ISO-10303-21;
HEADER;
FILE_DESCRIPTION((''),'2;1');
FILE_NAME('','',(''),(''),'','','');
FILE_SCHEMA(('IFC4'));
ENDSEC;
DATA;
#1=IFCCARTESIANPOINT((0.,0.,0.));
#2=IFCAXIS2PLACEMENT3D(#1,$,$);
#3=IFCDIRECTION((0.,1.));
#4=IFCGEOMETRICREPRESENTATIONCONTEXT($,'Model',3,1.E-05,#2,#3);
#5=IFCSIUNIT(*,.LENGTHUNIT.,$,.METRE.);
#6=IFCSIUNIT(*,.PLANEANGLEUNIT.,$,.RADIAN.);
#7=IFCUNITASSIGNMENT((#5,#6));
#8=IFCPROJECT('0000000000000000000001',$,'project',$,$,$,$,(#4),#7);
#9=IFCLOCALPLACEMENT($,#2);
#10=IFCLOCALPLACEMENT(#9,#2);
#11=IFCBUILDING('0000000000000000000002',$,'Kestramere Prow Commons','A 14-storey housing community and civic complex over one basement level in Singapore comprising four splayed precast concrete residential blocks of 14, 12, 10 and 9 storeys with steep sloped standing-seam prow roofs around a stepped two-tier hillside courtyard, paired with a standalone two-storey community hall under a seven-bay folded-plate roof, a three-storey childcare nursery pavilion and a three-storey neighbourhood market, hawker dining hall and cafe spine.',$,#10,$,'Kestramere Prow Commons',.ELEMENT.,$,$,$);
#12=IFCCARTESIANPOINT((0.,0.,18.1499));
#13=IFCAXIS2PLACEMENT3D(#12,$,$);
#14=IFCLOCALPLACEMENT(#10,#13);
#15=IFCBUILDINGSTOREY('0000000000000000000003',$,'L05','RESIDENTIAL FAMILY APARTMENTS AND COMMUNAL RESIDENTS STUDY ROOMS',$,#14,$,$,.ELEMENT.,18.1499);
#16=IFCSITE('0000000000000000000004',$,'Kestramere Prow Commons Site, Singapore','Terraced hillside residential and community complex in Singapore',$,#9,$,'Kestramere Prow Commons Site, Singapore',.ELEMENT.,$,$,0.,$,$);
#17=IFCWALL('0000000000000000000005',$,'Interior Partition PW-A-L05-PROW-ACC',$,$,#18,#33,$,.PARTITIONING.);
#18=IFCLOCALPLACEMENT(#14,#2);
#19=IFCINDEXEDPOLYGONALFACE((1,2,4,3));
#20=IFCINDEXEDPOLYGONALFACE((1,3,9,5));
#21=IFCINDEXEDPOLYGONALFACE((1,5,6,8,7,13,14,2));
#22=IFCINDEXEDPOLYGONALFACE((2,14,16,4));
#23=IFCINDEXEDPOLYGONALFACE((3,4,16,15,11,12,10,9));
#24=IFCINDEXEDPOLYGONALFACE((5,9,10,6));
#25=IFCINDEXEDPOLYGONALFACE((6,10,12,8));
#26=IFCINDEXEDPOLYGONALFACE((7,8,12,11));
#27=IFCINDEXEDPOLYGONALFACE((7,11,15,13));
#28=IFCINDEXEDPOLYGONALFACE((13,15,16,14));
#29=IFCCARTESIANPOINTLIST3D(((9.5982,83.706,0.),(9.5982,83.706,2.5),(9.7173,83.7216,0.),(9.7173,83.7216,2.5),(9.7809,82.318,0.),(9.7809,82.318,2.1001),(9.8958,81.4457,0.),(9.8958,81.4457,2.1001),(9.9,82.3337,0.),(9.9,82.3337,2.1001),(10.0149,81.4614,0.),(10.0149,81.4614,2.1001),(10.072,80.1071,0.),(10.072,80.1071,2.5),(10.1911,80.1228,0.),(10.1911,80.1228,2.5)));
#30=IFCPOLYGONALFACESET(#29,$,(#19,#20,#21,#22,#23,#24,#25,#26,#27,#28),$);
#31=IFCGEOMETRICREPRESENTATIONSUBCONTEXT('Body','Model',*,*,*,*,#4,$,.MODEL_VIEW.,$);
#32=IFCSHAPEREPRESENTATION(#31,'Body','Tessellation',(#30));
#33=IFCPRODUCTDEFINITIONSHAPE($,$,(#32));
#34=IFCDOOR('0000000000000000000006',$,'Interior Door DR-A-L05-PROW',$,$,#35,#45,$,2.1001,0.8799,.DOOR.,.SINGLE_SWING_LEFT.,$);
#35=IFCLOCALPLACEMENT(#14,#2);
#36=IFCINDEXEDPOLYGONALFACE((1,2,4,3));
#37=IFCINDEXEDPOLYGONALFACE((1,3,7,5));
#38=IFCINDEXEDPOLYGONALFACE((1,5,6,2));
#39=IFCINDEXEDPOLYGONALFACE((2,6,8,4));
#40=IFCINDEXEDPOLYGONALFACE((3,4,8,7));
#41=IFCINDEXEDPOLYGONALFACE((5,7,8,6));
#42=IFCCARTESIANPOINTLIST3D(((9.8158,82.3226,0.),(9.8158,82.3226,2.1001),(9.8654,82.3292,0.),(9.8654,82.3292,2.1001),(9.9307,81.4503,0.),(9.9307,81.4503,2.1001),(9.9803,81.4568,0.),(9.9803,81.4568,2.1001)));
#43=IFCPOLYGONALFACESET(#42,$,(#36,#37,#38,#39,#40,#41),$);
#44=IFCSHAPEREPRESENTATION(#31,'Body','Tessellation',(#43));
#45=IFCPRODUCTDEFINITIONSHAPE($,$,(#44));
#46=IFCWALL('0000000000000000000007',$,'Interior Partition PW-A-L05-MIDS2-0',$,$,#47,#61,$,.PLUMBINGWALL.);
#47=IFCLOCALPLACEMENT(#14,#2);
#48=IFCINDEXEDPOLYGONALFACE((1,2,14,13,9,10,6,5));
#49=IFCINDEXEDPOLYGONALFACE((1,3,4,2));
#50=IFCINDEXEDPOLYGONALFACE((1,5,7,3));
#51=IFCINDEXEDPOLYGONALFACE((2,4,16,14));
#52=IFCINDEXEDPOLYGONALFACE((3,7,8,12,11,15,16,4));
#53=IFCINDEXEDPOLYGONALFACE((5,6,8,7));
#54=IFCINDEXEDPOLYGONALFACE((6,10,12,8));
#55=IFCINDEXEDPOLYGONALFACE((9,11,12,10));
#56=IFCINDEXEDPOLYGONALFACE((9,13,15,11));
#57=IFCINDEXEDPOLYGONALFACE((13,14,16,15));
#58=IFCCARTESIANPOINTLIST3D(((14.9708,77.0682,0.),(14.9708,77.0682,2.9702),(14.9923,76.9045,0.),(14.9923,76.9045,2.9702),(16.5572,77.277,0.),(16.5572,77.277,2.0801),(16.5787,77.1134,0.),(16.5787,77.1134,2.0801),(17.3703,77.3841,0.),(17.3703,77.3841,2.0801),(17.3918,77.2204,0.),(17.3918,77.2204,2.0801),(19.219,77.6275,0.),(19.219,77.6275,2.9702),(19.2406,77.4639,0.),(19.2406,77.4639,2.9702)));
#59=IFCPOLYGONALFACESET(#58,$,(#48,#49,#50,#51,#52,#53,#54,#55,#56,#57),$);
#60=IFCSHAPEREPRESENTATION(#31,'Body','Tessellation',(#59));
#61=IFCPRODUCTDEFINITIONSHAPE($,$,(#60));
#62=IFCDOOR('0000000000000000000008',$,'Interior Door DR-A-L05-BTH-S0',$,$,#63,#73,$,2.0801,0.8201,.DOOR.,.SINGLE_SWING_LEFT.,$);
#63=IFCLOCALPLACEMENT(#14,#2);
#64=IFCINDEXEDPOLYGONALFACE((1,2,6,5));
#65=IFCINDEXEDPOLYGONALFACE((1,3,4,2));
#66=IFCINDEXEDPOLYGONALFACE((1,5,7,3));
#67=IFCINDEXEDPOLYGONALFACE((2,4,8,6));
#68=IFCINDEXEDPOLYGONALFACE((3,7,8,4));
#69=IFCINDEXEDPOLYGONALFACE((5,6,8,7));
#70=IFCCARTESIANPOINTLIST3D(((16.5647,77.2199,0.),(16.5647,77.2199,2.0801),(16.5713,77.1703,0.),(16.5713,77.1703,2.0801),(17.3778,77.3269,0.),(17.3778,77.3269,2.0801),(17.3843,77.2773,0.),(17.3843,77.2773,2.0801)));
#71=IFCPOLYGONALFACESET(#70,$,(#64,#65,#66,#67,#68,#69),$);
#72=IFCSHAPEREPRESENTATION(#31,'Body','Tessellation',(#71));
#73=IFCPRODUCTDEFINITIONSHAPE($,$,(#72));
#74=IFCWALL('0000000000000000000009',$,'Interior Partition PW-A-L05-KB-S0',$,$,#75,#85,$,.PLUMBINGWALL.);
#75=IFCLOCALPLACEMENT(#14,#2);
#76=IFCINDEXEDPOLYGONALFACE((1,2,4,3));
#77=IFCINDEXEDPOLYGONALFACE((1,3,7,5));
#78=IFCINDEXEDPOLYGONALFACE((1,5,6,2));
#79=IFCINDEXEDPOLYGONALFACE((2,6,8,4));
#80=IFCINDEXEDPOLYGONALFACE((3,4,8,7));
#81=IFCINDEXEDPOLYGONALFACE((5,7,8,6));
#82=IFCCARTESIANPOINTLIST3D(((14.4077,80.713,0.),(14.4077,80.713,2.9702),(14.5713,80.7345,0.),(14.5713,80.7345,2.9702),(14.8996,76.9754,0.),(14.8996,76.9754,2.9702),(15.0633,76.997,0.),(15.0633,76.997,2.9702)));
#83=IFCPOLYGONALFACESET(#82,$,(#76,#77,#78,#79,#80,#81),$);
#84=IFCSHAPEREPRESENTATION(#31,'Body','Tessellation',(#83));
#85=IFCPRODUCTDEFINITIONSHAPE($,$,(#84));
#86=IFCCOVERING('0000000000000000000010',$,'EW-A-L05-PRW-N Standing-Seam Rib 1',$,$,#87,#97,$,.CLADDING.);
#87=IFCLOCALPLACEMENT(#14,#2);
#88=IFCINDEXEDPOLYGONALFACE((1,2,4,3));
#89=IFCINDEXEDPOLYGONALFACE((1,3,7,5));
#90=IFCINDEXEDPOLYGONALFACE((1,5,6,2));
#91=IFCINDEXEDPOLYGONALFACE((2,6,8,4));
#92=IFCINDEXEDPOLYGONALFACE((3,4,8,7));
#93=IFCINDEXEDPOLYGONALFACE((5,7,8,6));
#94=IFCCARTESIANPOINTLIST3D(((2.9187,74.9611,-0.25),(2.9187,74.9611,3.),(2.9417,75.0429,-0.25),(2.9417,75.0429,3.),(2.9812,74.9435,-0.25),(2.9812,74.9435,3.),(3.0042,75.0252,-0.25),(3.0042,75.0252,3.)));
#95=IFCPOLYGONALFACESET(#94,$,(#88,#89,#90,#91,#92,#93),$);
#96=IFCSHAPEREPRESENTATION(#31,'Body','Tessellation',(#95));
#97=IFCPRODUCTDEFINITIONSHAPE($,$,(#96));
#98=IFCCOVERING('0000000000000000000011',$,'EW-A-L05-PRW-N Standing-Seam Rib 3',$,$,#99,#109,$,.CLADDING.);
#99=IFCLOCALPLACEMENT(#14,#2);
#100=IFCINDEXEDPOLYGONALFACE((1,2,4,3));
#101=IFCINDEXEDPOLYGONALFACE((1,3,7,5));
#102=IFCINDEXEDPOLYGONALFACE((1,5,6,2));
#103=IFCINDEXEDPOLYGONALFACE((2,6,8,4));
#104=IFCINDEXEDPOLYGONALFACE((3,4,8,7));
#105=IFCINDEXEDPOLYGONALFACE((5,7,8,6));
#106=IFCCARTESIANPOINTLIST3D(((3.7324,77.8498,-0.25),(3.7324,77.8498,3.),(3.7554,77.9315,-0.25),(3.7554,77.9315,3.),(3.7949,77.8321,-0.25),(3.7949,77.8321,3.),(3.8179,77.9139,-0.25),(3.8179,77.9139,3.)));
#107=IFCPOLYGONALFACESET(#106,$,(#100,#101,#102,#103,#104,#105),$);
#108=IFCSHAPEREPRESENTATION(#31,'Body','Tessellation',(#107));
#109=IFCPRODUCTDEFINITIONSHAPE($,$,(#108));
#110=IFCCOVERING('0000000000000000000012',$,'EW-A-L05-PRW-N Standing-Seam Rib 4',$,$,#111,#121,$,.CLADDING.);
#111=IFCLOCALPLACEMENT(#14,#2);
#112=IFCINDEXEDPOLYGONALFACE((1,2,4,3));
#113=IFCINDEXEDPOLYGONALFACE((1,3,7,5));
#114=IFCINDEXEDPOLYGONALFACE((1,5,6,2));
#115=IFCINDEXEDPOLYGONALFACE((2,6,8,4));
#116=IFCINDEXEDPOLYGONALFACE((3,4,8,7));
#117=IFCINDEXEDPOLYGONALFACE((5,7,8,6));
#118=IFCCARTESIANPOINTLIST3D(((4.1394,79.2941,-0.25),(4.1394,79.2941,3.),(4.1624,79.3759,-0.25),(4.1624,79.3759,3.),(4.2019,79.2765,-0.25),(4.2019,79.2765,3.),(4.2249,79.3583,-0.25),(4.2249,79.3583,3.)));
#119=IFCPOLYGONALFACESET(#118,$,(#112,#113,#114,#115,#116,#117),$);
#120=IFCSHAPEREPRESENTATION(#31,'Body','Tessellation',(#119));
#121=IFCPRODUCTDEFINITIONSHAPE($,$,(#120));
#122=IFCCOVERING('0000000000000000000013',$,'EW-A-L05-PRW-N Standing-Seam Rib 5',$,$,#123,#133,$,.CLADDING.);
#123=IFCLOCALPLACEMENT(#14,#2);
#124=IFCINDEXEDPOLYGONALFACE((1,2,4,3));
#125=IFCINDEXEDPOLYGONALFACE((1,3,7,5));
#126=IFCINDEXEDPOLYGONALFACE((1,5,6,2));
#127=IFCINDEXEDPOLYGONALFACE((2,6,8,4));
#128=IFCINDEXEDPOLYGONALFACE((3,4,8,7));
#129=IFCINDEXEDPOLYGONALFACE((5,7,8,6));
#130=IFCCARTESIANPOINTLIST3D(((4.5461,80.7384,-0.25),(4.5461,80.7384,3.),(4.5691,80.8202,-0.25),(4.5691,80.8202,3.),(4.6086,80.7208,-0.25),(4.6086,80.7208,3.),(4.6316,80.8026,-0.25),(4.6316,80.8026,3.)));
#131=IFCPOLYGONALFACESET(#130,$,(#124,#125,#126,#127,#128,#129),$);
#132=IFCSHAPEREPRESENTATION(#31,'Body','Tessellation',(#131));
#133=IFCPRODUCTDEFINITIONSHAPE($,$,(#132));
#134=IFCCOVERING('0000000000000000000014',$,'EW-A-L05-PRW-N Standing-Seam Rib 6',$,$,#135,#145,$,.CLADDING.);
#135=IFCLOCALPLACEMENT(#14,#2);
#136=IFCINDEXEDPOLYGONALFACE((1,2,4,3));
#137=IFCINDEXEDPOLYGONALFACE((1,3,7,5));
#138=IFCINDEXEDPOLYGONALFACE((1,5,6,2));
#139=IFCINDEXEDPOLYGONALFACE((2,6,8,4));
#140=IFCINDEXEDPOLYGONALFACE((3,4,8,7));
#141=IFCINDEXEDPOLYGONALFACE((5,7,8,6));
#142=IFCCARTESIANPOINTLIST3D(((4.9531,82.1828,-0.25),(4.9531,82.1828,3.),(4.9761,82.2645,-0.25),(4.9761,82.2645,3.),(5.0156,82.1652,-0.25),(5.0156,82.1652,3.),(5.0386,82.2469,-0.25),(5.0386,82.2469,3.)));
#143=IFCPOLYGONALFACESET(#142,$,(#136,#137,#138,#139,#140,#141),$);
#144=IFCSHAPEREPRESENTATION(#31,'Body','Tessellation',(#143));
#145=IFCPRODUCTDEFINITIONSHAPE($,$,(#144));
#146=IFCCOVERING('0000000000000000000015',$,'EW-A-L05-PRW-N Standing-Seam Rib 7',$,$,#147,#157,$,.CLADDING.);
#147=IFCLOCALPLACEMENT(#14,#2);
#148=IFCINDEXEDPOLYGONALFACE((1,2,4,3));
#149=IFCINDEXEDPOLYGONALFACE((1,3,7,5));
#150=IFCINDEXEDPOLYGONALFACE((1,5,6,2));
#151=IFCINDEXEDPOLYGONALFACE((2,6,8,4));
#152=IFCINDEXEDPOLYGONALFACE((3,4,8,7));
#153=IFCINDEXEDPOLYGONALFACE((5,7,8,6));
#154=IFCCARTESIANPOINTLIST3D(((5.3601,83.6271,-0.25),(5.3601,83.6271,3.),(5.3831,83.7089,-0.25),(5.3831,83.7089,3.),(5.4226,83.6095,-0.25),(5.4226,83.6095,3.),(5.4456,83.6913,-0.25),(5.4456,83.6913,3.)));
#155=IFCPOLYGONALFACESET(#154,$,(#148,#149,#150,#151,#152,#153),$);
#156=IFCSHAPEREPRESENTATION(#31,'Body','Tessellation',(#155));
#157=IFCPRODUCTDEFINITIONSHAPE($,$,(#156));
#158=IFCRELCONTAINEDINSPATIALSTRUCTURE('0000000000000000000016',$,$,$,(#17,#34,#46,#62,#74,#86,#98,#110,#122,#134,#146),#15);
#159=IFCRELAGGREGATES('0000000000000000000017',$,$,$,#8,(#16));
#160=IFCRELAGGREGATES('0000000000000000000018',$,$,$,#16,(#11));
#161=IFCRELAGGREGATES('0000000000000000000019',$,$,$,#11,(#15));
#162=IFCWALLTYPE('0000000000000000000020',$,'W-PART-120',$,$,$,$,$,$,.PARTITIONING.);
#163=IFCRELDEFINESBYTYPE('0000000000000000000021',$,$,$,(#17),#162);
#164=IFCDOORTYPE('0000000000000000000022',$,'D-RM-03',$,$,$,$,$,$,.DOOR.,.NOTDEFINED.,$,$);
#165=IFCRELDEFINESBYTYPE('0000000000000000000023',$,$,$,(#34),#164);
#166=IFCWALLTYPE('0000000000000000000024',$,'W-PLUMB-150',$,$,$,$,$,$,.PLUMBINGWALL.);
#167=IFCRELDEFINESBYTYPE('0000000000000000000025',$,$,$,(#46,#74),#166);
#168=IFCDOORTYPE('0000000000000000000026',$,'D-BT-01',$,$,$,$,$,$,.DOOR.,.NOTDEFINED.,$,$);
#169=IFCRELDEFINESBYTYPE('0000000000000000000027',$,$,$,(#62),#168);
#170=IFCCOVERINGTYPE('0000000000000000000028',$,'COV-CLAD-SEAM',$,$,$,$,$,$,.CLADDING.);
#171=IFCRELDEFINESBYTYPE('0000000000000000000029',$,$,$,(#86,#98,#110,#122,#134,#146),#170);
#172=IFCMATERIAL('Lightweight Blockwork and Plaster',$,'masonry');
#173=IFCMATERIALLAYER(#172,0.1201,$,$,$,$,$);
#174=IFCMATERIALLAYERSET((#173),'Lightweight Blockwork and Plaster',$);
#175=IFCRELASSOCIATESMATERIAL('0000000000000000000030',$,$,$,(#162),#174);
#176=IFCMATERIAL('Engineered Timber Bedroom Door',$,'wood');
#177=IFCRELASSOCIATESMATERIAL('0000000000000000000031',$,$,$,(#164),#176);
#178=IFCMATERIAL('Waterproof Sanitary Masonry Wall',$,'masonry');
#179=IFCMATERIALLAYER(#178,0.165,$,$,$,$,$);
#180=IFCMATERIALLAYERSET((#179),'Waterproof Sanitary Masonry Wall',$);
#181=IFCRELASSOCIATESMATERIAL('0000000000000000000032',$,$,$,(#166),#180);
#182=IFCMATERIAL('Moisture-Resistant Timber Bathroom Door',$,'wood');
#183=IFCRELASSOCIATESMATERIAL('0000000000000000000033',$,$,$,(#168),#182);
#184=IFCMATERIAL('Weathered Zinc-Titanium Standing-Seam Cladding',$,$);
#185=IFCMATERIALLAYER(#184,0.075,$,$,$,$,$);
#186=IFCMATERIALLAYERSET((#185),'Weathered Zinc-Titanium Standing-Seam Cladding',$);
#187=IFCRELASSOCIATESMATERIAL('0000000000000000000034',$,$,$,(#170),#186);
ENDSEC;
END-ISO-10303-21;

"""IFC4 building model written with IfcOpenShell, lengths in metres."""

from ifc_helpers import new_model, si_unit, direction, frame, frame_2d, origin, origin_2d, place, context, subcontext, project, spatial, rectangle, extrude, material, layer, layer_set, type_object, element, fill, save


model = new_model("IFC4")

# Units and contexts
model_context = context("Model", 3, precision=1e-05, world=origin(), true_north=direction((0.0, 1.0)))
body_context = subcontext(model_context, "Body", "Model", "MODEL_VIEW")
ifc_project = project(units=[si_unit("LENGTHUNIT", "METRE"), si_unit("PLANEANGLEUNIT", "RADIAN")], contexts=[model_context])

# Site, building, storey
site_placement = place(None, origin())
site = spatial("IfcSite", under=ifc_project, at=site_placement, Name="Kestramere Prow Commons Site, Singapore", Description="Terraced hillside residential and community complex in Singapore", LongName="Kestramere Prow Commons Site, Singapore", CompositionType="ELEMENT", RefElevation=0.0)
building_placement = place(site_placement, origin())
building = spatial("IfcBuilding", under=site, at=building_placement, Name="Kestramere Prow Commons", Description="A 14-storey housing community and civic complex over one basement level in Singapore comprising four splayed precast concrete residential blocks of 14, 12, 10 and 9 storeys with steep sloped standing-seam prow roofs around a stepped two-tier hillside courtyard, paired with a standalone two-storey community hall under a seven-bay folded-plate roof, a three-storey childcare nursery pavilion and a three-storey neighbourhood market, hawker dining hall and cafe spine.", LongName="Kestramere Prow Commons", CompositionType="ELEMENT")
storey_placement = place(building_placement, frame((0.0, 0.0, 18.1499)))
storey = spatial("IfcBuildingStorey", under=building, at=storey_placement, Name="L05", Description="RESIDENTIAL FAMILY APARTMENTS AND COMMUNAL RESIDENTS STUDY ROOMS", CompositionType="ELEMENT", Elevation=18.1499)

# Walls, openings, doors
ifc_material_1 = material(Name="Lightweight Blockwork and Plaster", Category="masonry")
ifc_layer_1 = layer(ifc_material_1, 0.1201)
ifc_layer_set_1 = layer_set([ifc_layer_1], Name="Lightweight Blockwork and Plaster")
wall_type_1 = type_object("IfcWallType", Name="W-PART-120", PredefinedType="PARTITIONING", material=ifc_layer_set_1)
wall_1_placement = place(storey_placement, frame((10.1316, 80.115, 0.0), z_axis=(0.0, 0.0, 1.0), x_axis=(-0.130547, 0.991442, 0.0)))
wall_1 = element("IfcWall", 1, at=wall_1_placement, inside=storey, type_object=wall_type_1, Name="Interior Partition PW-A-L05-PROW-ACC", PredefinedType="PARTITIONING", context=body_context, shape_type="SweptSolid", body=[
    extrude(rectangle(XDim=3.6299, YDim=0.1201, at=frame_2d((1.8149, 0.0))), origin(), (0.0, 0.0, 1.0), 2.5),
])
opening_1_placement = place(wall_1_placement, frame((1.3501, 0.0, 0.0)))
opening_1 = element("IfcOpeningElement", 2, at=opening_1_placement, cuts=wall_1, PredefinedType="OPENING", context=body_context, shape_type="SweptSolid", body=[
    extrude(rectangle(XDim=0.8799, YDim=2.1001, at=frame_2d((0.4399, 1.05))), frame((0.0, 0.075, 0.0), z_axis=(0.0, -1.0, 0.0), x_axis=(1.0, 0.0, 0.0)), (0.0, 0.0, 1.0), 0.1501),
])
ifc_material_2 = material(Name="Engineered Timber Bedroom Door", Category="wood")
door_type_1 = type_object("IfcDoorType", Name="D-RM-03", OperationType="NOTDEFINED", PredefinedType="DOOR", material=ifc_material_2)
door_1_placement = place(opening_1_placement, origin())
door_1 = element("IfcDoor", 3, at=door_1_placement, inside=storey, type_object=door_type_1, Name="Interior Door DR-A-L05-PROW", OperationType="SINGLE_SWING_LEFT", OverallHeight=2.1001, OverallWidth=0.8799, PredefinedType="DOOR", context=body_context, shape_type="SweptSolid", body=[
    extrude(rectangle(XDim=0.8799, YDim=2.1001, at=frame_2d((0.4399, 1.05))), frame((0.0, 0.0249, 0.0), z_axis=(0.0, -1.0, 0.0), x_axis=(1.0, 0.0, 0.0)), (0.0, 0.0, 1.0), 0.05),
])
fill(opening_1, door_1)
ifc_material_3 = material(Name="Waterproof Sanitary Masonry Wall", Category="masonry")
ifc_layer_2 = layer(ifc_material_3, 0.165)
ifc_layer_set_2 = layer_set([ifc_layer_2], Name="Waterproof Sanitary Masonry Wall")
wall_type_2 = type_object("IfcWallType", Name="W-PLUMB-150", PredefinedType="PLUMBINGWALL", material=ifc_layer_set_2)
wall_2_placement = place(storey_placement, frame((14.9814, 76.9863, 0.0), z_axis=(0.0, 0.0, 1.0), x_axis=(0.991444, 0.130533, 0.0)))
wall_2 = element("IfcWall", 4, at=wall_2_placement, inside=storey, type_object=wall_type_2, Name="Interior Partition PW-A-L05-MIDS2-0", PredefinedType="PLUMBINGWALL", context=body_context, shape_type="SweptSolid", body=[
    extrude(rectangle(XDim=4.2849, YDim=0.165, at=frame_2d((2.1426, 0.0))), origin(), (0.0, 0.0, 1.0), 2.9702),
])
opening_2_placement = place(wall_2_placement, frame((1.6001, 0.0, 0.0)))
opening_2 = element("IfcOpeningElement", 5, at=opening_2_placement, cuts=wall_2, PredefinedType="OPENING", context=body_context, shape_type="SweptSolid", body=[
    extrude(rectangle(XDim=0.8201, YDim=2.0801, at=frame_2d((0.4102, 1.04))), frame((0.0, 0.0974, 0.0), z_axis=(0.0, -1.0, 0.0), x_axis=(1.0, 0.0, 0.0)), (0.0, 0.0, 1.0), 0.1951),
])
ifc_material_4 = material(Name="Moisture-Resistant Timber Bathroom Door", Category="wood")
door_type_2 = type_object("IfcDoorType", Name="D-BT-01", OperationType="NOTDEFINED", PredefinedType="DOOR", material=ifc_material_4)
door_2_placement = place(opening_2_placement, origin())
door_2 = element("IfcDoor", 6, at=door_2_placement, inside=storey, type_object=door_type_2, Name="Interior Door DR-A-L05-BTH-S0", OperationType="SINGLE_SWING_LEFT", OverallHeight=2.0801, OverallWidth=0.8201, PredefinedType="DOOR", context=body_context, shape_type="SweptSolid", body=[
    extrude(rectangle(XDim=0.8201, YDim=2.0801, at=frame_2d((0.4102, 1.04))), frame((0.0, 0.0249, 0.0), z_axis=(0.0, -1.0, 0.0), x_axis=(1.0, 0.0, 0.0)), (0.0, 0.0, 1.0), 0.05),
])
fill(opening_2, door_2)

# Wall
wall_3_placement = place(storey_placement, frame((14.9814, 76.9863, 0.0), z_axis=(0.0, 0.0, 1.0), x_axis=(-0.130496, 0.991449, 0.0)))
element("IfcWall", 7, at=wall_3_placement, inside=storey, type_object=wall_type_2, Name="Interior Partition PW-A-L05-KB-S0", PredefinedType="PLUMBINGWALL", context=body_context, shape_type="SweptSolid", body=[
    extrude(rectangle(XDim=3.7698, YDim=0.165, at=frame_2d((1.8848, 0.0))), origin(), (0.0, 0.0, 1.0), 2.9702),
])

# Coverings
ifc_material_5 = material(Name="Weathered Zinc-Titanium Standing-Seam Cladding")
ifc_layer_3 = layer(ifc_material_5, 0.075)
ifc_layer_set_3 = layer_set([ifc_layer_3], Name="Weathered Zinc-Titanium Standing-Seam Cladding")
covering_type = type_object("IfcCoveringType", Name="COV-CLAD-SEAM", PredefinedType="CLADDING", material=ifc_layer_set_3)
for number, where, z_axis, x_axis, name in (
    (8, (2.9614, 74.9932, -0.25), (0.0, 0.0, 1.0), (0.27116, 0.962534, 0.0), "EW-A-L05-PRW-N Standing-Seam Rib 1"),
    (9, (3.7751, 77.8818, -0.25), (0.0, 0.0, 1.0), (0.27116, 0.962534, 0.0), "EW-A-L05-PRW-N Standing-Seam Rib 3"),
    (10, (4.1821, 79.3262, -0.25), (0.0, 0.0, 1.0), (0.27116, 0.962534, 0.0), "EW-A-L05-PRW-N Standing-Seam Rib 4"),
    (11, (4.5889, 80.7705, -0.25), (0.0, 0.0, 1.0), (0.27116, 0.962534, 0.0), "EW-A-L05-PRW-N Standing-Seam Rib 5"),
    (12, (4.9958, 82.2148, -0.25), (0.0, 0.0, 1.0), (0.27116, 0.962534, 0.0), "EW-A-L05-PRW-N Standing-Seam Rib 6"),
    (13, (5.4028, 83.6592, -0.25), (0.0, 0.0, 1.0), (0.27116, 0.962534, 0.0), "EW-A-L05-PRW-N Standing-Seam Rib 7"),
):
    element("IfcCovering", number, at=place(storey_placement, frame(where, z_axis=z_axis, x_axis=x_axis)), inside=storey, type_object=covering_type, Name=name, PredefinedType="CLADDING", context=body_context, shape_type="SweptSolid", body=[
        extrude(rectangle(XDim=0.085, YDim=0.0649, at=origin_2d()), origin(), (0.0, 0.0, 1.0), 3.25),
    ])

save(model, "model.ifc")
